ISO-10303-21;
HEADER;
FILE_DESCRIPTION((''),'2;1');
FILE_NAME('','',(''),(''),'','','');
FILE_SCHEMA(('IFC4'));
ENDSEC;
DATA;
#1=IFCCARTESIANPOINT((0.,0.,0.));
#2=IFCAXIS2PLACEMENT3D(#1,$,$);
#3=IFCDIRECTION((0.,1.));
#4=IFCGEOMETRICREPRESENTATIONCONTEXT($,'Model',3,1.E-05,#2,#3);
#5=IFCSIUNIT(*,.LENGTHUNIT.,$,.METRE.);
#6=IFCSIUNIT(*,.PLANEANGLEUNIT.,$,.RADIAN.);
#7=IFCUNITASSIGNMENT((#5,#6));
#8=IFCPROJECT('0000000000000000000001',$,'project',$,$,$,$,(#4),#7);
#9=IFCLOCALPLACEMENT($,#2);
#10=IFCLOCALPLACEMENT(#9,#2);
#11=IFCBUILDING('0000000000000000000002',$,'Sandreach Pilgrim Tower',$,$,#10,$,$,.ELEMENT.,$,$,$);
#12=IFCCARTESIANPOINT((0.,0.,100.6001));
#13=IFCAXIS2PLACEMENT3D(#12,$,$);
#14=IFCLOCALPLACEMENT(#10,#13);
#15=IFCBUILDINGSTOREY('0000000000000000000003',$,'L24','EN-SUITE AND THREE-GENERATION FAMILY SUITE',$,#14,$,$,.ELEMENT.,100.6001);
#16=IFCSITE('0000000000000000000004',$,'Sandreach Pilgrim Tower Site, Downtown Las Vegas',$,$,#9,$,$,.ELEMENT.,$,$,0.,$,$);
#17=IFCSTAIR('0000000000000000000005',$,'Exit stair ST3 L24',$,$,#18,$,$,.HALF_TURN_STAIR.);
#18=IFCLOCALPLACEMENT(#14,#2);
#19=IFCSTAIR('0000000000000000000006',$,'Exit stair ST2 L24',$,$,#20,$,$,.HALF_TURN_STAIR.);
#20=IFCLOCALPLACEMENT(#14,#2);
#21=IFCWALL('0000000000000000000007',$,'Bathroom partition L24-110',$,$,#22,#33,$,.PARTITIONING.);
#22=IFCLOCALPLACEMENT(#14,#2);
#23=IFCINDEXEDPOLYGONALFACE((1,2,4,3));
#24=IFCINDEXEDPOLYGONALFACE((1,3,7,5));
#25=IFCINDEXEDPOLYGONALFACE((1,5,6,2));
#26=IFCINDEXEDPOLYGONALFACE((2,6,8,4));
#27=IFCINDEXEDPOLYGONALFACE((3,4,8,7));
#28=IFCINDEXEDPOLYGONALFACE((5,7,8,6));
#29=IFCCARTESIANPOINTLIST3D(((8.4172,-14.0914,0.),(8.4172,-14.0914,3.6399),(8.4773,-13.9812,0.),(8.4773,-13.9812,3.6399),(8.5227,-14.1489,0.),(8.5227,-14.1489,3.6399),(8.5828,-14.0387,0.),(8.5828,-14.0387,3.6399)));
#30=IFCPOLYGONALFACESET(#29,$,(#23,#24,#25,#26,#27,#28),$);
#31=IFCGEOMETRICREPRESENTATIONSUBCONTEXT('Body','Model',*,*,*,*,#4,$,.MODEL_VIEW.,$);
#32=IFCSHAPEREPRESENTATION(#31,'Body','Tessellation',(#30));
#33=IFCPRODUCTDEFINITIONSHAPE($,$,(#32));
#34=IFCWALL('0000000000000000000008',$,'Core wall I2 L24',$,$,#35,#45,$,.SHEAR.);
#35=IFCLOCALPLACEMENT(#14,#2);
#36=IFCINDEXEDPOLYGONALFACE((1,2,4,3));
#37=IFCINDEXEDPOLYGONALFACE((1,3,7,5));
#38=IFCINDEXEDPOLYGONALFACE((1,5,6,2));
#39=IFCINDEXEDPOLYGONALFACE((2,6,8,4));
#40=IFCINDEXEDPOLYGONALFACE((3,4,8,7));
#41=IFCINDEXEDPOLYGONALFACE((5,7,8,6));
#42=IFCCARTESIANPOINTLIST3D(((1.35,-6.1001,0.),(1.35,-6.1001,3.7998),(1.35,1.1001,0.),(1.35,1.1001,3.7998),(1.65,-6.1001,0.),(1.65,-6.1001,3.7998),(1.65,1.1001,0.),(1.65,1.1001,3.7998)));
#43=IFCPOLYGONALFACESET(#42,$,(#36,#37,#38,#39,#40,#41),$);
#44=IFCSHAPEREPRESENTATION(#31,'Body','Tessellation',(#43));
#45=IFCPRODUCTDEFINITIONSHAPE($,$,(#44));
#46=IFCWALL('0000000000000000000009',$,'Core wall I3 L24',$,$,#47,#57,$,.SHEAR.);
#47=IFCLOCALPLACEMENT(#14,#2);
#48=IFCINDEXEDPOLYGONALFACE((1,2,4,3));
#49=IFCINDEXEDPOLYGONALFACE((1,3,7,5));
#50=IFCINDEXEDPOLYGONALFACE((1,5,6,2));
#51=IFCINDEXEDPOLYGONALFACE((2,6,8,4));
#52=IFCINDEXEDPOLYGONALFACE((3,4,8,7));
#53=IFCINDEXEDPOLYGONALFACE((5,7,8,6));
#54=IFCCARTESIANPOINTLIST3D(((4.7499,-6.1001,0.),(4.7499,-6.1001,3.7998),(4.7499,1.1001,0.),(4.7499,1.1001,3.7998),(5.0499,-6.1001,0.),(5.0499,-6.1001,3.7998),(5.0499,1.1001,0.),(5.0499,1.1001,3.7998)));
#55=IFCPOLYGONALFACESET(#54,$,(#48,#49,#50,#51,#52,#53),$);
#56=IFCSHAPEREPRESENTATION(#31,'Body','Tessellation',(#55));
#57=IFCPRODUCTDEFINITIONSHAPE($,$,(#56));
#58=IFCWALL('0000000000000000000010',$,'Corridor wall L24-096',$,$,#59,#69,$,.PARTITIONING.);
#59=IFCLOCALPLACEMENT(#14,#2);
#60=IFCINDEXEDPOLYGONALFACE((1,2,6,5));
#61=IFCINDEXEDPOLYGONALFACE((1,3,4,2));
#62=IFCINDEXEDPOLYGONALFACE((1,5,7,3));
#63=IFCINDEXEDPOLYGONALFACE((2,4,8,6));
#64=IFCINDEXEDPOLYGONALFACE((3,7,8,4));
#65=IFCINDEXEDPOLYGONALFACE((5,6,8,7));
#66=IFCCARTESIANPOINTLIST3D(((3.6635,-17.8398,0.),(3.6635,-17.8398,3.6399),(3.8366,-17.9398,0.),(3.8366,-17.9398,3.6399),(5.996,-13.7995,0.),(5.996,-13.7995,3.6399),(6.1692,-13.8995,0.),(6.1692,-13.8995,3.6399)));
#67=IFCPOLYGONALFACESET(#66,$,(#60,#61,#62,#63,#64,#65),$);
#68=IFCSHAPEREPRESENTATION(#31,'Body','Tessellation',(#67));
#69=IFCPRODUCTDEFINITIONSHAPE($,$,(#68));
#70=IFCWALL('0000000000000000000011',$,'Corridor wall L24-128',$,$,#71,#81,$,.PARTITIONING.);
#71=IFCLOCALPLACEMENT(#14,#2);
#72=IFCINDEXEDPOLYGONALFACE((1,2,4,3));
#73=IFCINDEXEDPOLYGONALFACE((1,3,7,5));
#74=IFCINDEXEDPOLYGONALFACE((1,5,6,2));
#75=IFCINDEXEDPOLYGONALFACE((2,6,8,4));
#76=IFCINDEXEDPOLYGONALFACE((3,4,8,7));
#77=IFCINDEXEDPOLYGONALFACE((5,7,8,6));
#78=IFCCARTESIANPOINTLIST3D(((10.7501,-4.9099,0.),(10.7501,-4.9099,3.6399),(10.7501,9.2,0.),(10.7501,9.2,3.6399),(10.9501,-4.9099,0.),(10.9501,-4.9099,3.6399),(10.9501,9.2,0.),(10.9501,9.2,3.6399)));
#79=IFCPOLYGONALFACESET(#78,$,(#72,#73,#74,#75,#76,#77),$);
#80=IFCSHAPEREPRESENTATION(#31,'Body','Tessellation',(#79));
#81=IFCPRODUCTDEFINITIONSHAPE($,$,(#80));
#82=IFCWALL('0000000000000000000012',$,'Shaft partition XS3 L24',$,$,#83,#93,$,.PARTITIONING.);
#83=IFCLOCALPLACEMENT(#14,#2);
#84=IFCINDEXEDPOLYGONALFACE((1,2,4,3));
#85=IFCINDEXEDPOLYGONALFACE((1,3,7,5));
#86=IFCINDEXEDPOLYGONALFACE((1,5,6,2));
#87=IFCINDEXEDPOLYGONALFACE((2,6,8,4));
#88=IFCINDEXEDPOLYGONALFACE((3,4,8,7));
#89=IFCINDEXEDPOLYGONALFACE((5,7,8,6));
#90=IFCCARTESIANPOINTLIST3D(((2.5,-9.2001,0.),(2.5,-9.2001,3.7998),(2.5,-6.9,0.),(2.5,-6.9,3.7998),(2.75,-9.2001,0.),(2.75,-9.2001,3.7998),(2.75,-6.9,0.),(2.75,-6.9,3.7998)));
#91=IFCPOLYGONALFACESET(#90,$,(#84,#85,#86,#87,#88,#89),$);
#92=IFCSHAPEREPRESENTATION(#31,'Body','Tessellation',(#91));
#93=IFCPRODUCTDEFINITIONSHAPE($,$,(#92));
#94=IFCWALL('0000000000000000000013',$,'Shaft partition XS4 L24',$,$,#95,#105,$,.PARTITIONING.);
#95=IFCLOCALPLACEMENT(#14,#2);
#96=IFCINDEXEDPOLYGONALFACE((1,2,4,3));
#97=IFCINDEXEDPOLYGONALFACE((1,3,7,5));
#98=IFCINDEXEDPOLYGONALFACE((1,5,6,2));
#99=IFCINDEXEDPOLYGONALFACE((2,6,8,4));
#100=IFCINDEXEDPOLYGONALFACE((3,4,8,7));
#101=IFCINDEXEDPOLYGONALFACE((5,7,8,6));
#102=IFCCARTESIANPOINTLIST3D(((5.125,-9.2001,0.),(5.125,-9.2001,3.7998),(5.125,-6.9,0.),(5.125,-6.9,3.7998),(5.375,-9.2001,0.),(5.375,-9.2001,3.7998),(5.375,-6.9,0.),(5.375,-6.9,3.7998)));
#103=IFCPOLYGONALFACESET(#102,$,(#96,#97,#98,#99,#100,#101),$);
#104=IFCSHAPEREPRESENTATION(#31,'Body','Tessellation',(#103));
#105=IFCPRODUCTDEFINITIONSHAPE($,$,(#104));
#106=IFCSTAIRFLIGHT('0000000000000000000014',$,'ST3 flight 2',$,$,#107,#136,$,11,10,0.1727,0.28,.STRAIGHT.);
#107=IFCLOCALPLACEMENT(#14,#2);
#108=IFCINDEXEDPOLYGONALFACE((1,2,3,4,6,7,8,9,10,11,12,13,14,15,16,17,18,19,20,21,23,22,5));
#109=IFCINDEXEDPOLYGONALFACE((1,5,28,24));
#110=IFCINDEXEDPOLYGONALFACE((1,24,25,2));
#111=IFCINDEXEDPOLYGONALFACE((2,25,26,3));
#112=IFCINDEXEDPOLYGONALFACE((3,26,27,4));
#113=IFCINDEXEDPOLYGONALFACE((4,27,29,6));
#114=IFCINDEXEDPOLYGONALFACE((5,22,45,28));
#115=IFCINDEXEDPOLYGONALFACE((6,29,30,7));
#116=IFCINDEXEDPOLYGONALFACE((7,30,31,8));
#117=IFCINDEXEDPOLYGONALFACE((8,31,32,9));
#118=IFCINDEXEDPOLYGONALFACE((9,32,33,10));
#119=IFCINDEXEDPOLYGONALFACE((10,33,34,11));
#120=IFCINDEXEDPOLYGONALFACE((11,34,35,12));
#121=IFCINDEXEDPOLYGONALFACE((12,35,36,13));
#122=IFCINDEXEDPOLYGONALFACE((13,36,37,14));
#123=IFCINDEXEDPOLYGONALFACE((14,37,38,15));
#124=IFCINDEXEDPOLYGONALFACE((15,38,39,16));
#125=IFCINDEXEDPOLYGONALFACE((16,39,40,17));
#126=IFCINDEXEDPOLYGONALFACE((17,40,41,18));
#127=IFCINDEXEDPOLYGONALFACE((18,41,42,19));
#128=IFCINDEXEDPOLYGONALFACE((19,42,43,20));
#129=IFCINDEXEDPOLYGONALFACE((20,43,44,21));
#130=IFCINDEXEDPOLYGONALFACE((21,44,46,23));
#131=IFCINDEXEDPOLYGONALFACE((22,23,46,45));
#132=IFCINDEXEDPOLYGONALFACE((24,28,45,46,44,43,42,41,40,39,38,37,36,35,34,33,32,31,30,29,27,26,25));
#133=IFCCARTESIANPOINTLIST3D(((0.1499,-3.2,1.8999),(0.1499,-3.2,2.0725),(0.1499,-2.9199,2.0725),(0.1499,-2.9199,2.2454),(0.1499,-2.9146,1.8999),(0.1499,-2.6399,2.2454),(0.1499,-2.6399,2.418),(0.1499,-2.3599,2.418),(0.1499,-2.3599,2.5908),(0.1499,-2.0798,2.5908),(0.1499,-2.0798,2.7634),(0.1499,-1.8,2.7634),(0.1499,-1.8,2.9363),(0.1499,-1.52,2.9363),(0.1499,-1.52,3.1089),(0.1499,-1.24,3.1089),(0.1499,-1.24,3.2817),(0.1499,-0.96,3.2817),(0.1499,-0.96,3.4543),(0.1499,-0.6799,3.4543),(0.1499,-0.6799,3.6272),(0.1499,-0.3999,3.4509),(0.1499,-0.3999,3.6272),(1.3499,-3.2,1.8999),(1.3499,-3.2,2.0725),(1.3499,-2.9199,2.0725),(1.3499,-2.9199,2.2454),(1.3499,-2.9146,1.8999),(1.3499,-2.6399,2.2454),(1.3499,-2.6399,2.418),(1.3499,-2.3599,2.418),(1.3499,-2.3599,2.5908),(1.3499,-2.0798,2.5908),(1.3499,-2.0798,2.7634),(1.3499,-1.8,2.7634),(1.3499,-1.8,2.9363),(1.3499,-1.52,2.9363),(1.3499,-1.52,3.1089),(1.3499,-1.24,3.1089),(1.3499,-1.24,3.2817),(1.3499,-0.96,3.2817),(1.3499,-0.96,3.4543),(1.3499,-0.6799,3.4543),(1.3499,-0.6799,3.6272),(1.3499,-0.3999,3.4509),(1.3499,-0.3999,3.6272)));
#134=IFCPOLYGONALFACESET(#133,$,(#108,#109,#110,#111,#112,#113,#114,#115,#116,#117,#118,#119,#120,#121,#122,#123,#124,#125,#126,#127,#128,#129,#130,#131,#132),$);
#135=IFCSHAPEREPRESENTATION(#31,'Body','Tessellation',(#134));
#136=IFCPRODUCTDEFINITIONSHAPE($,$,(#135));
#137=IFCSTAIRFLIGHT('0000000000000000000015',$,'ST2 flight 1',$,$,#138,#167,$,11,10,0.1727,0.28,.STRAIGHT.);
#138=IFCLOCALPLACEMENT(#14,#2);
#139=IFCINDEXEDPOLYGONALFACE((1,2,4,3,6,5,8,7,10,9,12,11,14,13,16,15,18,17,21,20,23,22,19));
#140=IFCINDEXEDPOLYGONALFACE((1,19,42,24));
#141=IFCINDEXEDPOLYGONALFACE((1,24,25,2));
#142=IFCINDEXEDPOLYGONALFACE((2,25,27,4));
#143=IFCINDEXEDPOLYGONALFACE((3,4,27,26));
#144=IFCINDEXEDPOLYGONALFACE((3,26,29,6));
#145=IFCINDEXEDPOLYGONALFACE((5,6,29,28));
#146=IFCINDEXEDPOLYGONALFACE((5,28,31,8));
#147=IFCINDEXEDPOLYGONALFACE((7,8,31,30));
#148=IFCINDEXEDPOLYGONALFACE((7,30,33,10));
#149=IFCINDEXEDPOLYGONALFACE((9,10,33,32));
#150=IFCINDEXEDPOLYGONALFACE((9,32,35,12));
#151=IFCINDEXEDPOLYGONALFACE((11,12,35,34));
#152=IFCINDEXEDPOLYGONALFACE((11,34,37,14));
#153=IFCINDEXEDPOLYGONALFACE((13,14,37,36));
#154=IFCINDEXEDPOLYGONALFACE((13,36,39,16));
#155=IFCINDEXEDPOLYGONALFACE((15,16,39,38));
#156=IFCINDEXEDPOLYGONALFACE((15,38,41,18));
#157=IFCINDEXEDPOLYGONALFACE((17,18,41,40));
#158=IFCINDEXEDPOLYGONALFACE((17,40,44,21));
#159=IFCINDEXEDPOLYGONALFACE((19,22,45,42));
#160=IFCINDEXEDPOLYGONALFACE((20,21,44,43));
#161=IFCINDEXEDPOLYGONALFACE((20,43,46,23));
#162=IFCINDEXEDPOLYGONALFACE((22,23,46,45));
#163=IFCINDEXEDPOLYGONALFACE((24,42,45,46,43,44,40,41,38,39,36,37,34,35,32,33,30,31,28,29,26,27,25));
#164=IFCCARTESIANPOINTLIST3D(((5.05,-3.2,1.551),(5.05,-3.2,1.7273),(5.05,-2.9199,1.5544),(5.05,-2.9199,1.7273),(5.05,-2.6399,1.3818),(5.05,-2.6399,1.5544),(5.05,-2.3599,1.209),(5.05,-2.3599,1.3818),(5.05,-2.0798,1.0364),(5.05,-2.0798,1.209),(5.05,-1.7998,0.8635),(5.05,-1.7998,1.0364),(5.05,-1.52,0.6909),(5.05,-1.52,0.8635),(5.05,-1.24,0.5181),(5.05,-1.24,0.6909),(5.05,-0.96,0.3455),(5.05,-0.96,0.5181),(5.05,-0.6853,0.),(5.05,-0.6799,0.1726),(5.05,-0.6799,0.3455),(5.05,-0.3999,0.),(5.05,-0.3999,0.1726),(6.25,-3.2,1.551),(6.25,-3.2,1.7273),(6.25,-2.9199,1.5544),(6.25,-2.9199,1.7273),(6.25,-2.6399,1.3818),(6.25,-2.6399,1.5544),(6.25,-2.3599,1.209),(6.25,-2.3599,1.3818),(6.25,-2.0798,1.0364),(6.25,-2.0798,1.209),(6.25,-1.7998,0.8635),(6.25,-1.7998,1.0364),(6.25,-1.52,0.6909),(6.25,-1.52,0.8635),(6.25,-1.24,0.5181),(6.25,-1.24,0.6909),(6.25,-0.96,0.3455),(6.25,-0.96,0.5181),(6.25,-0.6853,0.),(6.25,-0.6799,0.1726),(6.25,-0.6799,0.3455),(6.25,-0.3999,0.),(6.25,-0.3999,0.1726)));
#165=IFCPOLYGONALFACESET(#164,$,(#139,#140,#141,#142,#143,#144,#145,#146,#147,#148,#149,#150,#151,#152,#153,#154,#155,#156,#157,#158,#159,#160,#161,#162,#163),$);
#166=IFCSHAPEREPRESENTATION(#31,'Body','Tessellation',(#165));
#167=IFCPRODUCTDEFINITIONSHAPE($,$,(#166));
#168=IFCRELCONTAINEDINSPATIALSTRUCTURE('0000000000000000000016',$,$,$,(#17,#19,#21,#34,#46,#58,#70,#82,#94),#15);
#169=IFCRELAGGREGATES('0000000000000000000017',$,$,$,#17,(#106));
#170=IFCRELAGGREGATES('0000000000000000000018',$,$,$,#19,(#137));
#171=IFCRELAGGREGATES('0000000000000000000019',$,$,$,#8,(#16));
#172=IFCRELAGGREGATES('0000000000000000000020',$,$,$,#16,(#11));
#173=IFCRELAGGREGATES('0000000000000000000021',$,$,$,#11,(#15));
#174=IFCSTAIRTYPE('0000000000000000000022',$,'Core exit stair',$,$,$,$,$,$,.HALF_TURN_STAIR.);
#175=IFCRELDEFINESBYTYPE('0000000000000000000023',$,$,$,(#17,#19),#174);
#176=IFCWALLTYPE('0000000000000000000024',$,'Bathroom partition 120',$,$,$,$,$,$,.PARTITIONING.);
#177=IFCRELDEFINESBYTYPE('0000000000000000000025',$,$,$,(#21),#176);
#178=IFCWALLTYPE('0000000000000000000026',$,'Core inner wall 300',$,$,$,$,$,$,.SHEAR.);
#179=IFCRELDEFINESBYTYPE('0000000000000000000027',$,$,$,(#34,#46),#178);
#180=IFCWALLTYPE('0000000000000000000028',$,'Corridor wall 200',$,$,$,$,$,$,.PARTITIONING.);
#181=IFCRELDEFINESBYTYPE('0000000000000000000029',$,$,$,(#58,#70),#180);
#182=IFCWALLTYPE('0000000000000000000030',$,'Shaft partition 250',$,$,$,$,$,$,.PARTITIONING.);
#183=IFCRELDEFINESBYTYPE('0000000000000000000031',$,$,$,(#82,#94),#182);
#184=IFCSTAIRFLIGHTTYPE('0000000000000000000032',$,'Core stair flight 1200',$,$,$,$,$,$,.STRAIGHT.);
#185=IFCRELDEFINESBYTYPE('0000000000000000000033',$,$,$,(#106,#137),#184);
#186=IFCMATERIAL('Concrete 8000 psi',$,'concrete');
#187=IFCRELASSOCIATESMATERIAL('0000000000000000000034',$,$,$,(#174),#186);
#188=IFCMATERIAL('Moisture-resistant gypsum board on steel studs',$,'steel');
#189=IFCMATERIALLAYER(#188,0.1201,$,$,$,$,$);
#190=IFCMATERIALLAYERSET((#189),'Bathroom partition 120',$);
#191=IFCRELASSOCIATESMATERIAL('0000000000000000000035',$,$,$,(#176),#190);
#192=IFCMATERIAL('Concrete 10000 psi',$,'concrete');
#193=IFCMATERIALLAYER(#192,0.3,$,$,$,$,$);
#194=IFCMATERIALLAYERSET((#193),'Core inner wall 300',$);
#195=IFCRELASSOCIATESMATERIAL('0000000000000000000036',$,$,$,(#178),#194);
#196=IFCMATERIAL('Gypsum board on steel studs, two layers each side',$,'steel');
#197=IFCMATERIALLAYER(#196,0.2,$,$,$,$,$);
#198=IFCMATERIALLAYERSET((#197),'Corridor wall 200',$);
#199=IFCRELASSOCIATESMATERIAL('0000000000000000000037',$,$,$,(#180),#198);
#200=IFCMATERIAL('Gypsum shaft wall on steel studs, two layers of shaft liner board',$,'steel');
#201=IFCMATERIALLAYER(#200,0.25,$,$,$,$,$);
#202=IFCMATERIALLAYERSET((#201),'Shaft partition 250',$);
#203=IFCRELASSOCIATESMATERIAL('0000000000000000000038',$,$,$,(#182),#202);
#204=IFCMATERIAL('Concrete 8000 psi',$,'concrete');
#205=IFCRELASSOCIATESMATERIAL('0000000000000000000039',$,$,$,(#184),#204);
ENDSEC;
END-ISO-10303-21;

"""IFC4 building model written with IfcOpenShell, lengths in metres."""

from ifc_helpers import new_model, si_unit, direction, frame, frame_2d, origin, place, context, subcontext, project, spatial, polyline, rectangle, outline, extrude, material, layer, layer_set, type_object, element, aggregate, save


model = new_model("IFC4")

# Units and contexts
model_context = context("Model", 3, precision=1e-05, world=origin(), true_north=direction((0.0, 1.0)))
body_context = subcontext(model_context, "Body", "Model", "MODEL_VIEW")
ifc_project = project(units=[si_unit("LENGTHUNIT", "METRE"), si_unit("PLANEANGLEUNIT", "RADIAN")], contexts=[model_context])

# Site, building, storey
site_placement = place(None, origin())
site = spatial("IfcSite", under=ifc_project, at=site_placement, Name="Sandreach Pilgrim Tower Site, Downtown Las Vegas", CompositionType="ELEMENT", RefElevation=0.0)
building_placement = place(site_placement, origin())
building = spatial("IfcBuilding", under=site, at=building_placement, Name="Sandreach Pilgrim Tower", CompositionType="ELEMENT")
storey_placement = place(building_placement, frame((0.0, 0.0, 100.6001)))
storey = spatial("IfcBuildingStorey", under=building, at=storey_placement, Name="L24", Description="EN-SUITE AND THREE-GENERATION FAMILY SUITE", CompositionType="ELEMENT", Elevation=100.6001)

# Stair
ifc_material_1 = material(Name="Concrete 8000 psi", Category="concrete")
stair_type = type_object("IfcStairType", Name="Core exit stair", PredefinedType="HALF_TURN_STAIR", material=ifc_material_1)
stair_1_placement = place(storey_placement, origin())
stair_1 = element("IfcStair", 1, at=stair_1_placement, inside=storey, type_object=stair_type, Name="Exit stair ST3 L24", PredefinedType="HALF_TURN_STAIR")

# Stair
stair_2_placement = place(storey_placement, origin())
stair_2 = element("IfcStair", 2, at=stair_2_placement, inside=storey, type_object=stair_type, Name="Exit stair ST2 L24", PredefinedType="HALF_TURN_STAIR")

# Walls
ifc_material_2 = material(Name="Moisture-resistant gypsum board on steel studs", Category="steel")
ifc_layer_1 = layer(ifc_material_2, 0.1201)
ifc_layer_set_1 = layer_set([ifc_layer_1], Name="Bathroom partition 120")
wall_type_1 = type_object("IfcWallType", Name="Bathroom partition 120", PredefinedType="PARTITIONING", material=ifc_layer_set_1)
wall_1_placement = place(storey_placement, frame((8.47, -14.1201, 0.0), z_axis=(0.0, 0.0, 1.0), x_axis=(0.478852, 0.877896, 0.0)))
element("IfcWall", 3, at=wall_1_placement, inside=storey, type_object=wall_type_1, Name="Bathroom partition L24-110", PredefinedType="PARTITIONING", context=body_context, shape_type="SweptSolid", body=[
    extrude(rectangle(XDim=0.1255, YDim=0.1201, at=frame_2d((0.0627, 0.0))), origin(), (0.0, 0.0, 1.0), 3.6399),
])
ifc_material_3 = material(Name="Concrete 10000 psi", Category="concrete")
ifc_layer_2 = layer(ifc_material_3, 0.3)
ifc_layer_set_2 = layer_set([ifc_layer_2], Name="Core inner wall 300")
wall_type_2 = type_object("IfcWallType", Name="Core inner wall 300", PredefinedType="SHEAR", material=ifc_layer_set_2)
for number, where, z_axis, x_axis, name in (
    (4, (1.5, -6.1001, 0.0), (0.0, 0.0, 1.0), (0.0, 1.0, 0.0), "Core wall I2 L24"),
    (5, (4.8999, -6.1001, 0.0), (0.0, 0.0, 1.0), (0.0, 1.0, 0.0), "Core wall I3 L24"),
):
    element("IfcWall", number, at=place(storey_placement, frame(where, z_axis=z_axis, x_axis=x_axis)), inside=storey, type_object=wall_type_2, Name=name, PredefinedType="SHEAR", context=body_context, shape_type="SweptSolid", body=[
        extrude(rectangle(XDim=7.2002, YDim=0.3, at=frame_2d((3.6001, 0.0))), origin(), (0.0, 0.0, 1.0), 3.7998),
    ])

# Wall
ifc_material_4 = material(Name="Gypsum board on steel studs, two layers each side", Category="steel")
ifc_layer_3 = layer(ifc_material_4, 0.2)
ifc_layer_set_3 = layer_set([ifc_layer_3], Name="Corridor wall 200")
wall_type_3 = type_object("IfcWallType", Name="Corridor wall 200", PredefinedType="PARTITIONING", material=ifc_layer_set_3)
wall_2_placement = place(storey_placement, frame((6.0825, -13.8496, 0.0), z_axis=(0.0, 0.0, 1.0), x_axis=(-0.499978, -0.866038, 0.0)))
element("IfcWall", 6, at=wall_2_placement, inside=storey, type_object=wall_type_3, Name="Corridor wall L24-096", PredefinedType="PARTITIONING", context=body_context, shape_type="SweptSolid", body=[
    extrude(rectangle(XDim=4.6653, YDim=0.2, at=frame_2d((2.3325, 0.0))), origin(), (0.0, 0.0, 1.0), 3.6399),
])

# Walls
wall_3_placement = place(storey_placement, frame((10.8501, -4.9099, 0.0), z_axis=(0.0, 0.0, 1.0), x_axis=(0.0, 1.0, 0.0)))
element("IfcWall", 7, at=wall_3_placement, inside=storey, type_object=wall_type_3, Name="Corridor wall L24-128", PredefinedType="PARTITIONING", context=body_context, shape_type="SweptSolid", body=[
    extrude(rectangle(XDim=14.1099, YDim=0.2, at=frame_2d((7.0549, 0.0))), origin(), (0.0, 0.0, 1.0), 3.6399),
])
ifc_material_5 = material(Name="Gypsum shaft wall on steel studs, two layers of shaft liner board", Category="steel")
ifc_layer_4 = layer(ifc_material_5, 0.25)
ifc_layer_set_4 = layer_set([ifc_layer_4], Name="Shaft partition 250")
wall_type_4 = type_object("IfcWallType", Name="Shaft partition 250", PredefinedType="PARTITIONING", material=ifc_layer_set_4)
for number, where, z_axis, x_axis, name in (
    (8, (2.625, -9.2, 0.0), (0.0, 0.0, 1.0), (0.0, 1.0, 0.0), "Shaft partition XS3 L24"),
    (9, (5.25, -9.2, 0.0), (0.0, 0.0, 1.0), (0.0, 1.0, 0.0), "Shaft partition XS4 L24"),
):
    element("IfcWall", number, at=place(storey_placement, frame(where, z_axis=z_axis, x_axis=x_axis)), inside=storey, type_object=wall_type_4, Name=name, PredefinedType="PARTITIONING", context=body_context, shape_type="SweptSolid", body=[
        extrude(rectangle(XDim=2.3, YDim=0.25, at=frame_2d((1.1499, 0.0))), origin(), (0.0, 0.0, 1.0), 3.7998),
    ])

# Stair flights
ifc_material_6 = material(Name="Concrete 8000 psi", Category="concrete")
stair_flight_type = type_object("IfcStairFlightType", Name="Core stair flight 1200", PredefinedType="STRAIGHT", material=ifc_material_6)
stair_flight_1_placement = place(storey_placement, frame((0.75, -3.2, 1.8999), z_axis=(0.0, 0.0, 1.0), x_axis=(0.0, 1.0, 0.0)))
stair_flight_1 = element("IfcStairFlight", 10, at=stair_flight_1_placement, type_object=stair_flight_type, Name="ST3 flight 2", NumberOfRisers=11, NumberOfTreads=10, PredefinedType="STRAIGHT", RiserHeight=0.1727, TreadLength=0.28, context=body_context, shape_type="SweptSolid", body=[
    extrude(outline(polyline([(0.0, 0.0), (0.0, 0.1726), (0.28, 0.1726), (0.28, 0.3455), (0.5601, 0.3455), (0.5601, 0.5181), (0.8401, 0.5181), (0.8401, 0.6909), (1.1201, 0.6909), (1.1201, 0.8635), (1.3999, 0.8635), (1.3999, 1.0364), (1.6799, 1.0364), (1.6799, 1.209), (1.96, 1.209), (1.96, 1.3818), (2.24, 1.3818), (2.24, 1.5544), (2.52, 1.5544), (2.52, 1.7273), (2.8, 1.7273), (2.8, 1.8999), (2.8, 1.551), (0.2854, 0.0), (0.0, 0.0)])), frame((0.0, 0.6001, 0.0), z_axis=(0.0, -1.0, 0.0), x_axis=(1.0, 0.0, 0.0)), (0.0, 0.0, 1.0), 1.2),
])
aggregate(stair_1, [stair_flight_1])
stair_flight_2_placement = place(storey_placement, frame((5.6499, -0.3999, 0.0), z_axis=(0.0, 0.0, 1.0), x_axis=(0.0, -1.0, 0.0)))
stair_flight_2 = element("IfcStairFlight", 11, at=stair_flight_2_placement, type_object=stair_flight_type, Name="ST2 flight 1", NumberOfRisers=11, NumberOfTreads=10, PredefinedType="STRAIGHT", RiserHeight=0.1727, TreadLength=0.28, context=body_context, shape_type="SweptSolid", body=[
    extrude(outline(polyline([(0.0, 0.0), (0.0, 0.1726), (0.28, 0.1726), (0.28, 0.3455), (0.5601, 0.3455), (0.5601, 0.5181), (0.8401, 0.5181), (0.8401, 0.6909), (1.1201, 0.6909), (1.1201, 0.8635), (1.3999, 0.8635), (1.3999, 1.0364), (1.6799, 1.0364), (1.6799, 1.209), (1.96, 1.209), (1.96, 1.3818), (2.24, 1.3818), (2.24, 1.5544), (2.52, 1.5544), (2.52, 1.7273), (2.8, 1.7273), (2.8, 1.8999), (2.8, 1.551), (0.2854, 0.0), (0.0, 0.0)])), frame((0.0, 0.6001, 0.0), z_axis=(0.0, -1.0, 0.0), x_axis=(1.0, 0.0, 0.0)), (0.0, 0.0, 1.0), 1.2),
])
aggregate(stair_2, [stair_flight_2])

save(model, "model.ifc")
